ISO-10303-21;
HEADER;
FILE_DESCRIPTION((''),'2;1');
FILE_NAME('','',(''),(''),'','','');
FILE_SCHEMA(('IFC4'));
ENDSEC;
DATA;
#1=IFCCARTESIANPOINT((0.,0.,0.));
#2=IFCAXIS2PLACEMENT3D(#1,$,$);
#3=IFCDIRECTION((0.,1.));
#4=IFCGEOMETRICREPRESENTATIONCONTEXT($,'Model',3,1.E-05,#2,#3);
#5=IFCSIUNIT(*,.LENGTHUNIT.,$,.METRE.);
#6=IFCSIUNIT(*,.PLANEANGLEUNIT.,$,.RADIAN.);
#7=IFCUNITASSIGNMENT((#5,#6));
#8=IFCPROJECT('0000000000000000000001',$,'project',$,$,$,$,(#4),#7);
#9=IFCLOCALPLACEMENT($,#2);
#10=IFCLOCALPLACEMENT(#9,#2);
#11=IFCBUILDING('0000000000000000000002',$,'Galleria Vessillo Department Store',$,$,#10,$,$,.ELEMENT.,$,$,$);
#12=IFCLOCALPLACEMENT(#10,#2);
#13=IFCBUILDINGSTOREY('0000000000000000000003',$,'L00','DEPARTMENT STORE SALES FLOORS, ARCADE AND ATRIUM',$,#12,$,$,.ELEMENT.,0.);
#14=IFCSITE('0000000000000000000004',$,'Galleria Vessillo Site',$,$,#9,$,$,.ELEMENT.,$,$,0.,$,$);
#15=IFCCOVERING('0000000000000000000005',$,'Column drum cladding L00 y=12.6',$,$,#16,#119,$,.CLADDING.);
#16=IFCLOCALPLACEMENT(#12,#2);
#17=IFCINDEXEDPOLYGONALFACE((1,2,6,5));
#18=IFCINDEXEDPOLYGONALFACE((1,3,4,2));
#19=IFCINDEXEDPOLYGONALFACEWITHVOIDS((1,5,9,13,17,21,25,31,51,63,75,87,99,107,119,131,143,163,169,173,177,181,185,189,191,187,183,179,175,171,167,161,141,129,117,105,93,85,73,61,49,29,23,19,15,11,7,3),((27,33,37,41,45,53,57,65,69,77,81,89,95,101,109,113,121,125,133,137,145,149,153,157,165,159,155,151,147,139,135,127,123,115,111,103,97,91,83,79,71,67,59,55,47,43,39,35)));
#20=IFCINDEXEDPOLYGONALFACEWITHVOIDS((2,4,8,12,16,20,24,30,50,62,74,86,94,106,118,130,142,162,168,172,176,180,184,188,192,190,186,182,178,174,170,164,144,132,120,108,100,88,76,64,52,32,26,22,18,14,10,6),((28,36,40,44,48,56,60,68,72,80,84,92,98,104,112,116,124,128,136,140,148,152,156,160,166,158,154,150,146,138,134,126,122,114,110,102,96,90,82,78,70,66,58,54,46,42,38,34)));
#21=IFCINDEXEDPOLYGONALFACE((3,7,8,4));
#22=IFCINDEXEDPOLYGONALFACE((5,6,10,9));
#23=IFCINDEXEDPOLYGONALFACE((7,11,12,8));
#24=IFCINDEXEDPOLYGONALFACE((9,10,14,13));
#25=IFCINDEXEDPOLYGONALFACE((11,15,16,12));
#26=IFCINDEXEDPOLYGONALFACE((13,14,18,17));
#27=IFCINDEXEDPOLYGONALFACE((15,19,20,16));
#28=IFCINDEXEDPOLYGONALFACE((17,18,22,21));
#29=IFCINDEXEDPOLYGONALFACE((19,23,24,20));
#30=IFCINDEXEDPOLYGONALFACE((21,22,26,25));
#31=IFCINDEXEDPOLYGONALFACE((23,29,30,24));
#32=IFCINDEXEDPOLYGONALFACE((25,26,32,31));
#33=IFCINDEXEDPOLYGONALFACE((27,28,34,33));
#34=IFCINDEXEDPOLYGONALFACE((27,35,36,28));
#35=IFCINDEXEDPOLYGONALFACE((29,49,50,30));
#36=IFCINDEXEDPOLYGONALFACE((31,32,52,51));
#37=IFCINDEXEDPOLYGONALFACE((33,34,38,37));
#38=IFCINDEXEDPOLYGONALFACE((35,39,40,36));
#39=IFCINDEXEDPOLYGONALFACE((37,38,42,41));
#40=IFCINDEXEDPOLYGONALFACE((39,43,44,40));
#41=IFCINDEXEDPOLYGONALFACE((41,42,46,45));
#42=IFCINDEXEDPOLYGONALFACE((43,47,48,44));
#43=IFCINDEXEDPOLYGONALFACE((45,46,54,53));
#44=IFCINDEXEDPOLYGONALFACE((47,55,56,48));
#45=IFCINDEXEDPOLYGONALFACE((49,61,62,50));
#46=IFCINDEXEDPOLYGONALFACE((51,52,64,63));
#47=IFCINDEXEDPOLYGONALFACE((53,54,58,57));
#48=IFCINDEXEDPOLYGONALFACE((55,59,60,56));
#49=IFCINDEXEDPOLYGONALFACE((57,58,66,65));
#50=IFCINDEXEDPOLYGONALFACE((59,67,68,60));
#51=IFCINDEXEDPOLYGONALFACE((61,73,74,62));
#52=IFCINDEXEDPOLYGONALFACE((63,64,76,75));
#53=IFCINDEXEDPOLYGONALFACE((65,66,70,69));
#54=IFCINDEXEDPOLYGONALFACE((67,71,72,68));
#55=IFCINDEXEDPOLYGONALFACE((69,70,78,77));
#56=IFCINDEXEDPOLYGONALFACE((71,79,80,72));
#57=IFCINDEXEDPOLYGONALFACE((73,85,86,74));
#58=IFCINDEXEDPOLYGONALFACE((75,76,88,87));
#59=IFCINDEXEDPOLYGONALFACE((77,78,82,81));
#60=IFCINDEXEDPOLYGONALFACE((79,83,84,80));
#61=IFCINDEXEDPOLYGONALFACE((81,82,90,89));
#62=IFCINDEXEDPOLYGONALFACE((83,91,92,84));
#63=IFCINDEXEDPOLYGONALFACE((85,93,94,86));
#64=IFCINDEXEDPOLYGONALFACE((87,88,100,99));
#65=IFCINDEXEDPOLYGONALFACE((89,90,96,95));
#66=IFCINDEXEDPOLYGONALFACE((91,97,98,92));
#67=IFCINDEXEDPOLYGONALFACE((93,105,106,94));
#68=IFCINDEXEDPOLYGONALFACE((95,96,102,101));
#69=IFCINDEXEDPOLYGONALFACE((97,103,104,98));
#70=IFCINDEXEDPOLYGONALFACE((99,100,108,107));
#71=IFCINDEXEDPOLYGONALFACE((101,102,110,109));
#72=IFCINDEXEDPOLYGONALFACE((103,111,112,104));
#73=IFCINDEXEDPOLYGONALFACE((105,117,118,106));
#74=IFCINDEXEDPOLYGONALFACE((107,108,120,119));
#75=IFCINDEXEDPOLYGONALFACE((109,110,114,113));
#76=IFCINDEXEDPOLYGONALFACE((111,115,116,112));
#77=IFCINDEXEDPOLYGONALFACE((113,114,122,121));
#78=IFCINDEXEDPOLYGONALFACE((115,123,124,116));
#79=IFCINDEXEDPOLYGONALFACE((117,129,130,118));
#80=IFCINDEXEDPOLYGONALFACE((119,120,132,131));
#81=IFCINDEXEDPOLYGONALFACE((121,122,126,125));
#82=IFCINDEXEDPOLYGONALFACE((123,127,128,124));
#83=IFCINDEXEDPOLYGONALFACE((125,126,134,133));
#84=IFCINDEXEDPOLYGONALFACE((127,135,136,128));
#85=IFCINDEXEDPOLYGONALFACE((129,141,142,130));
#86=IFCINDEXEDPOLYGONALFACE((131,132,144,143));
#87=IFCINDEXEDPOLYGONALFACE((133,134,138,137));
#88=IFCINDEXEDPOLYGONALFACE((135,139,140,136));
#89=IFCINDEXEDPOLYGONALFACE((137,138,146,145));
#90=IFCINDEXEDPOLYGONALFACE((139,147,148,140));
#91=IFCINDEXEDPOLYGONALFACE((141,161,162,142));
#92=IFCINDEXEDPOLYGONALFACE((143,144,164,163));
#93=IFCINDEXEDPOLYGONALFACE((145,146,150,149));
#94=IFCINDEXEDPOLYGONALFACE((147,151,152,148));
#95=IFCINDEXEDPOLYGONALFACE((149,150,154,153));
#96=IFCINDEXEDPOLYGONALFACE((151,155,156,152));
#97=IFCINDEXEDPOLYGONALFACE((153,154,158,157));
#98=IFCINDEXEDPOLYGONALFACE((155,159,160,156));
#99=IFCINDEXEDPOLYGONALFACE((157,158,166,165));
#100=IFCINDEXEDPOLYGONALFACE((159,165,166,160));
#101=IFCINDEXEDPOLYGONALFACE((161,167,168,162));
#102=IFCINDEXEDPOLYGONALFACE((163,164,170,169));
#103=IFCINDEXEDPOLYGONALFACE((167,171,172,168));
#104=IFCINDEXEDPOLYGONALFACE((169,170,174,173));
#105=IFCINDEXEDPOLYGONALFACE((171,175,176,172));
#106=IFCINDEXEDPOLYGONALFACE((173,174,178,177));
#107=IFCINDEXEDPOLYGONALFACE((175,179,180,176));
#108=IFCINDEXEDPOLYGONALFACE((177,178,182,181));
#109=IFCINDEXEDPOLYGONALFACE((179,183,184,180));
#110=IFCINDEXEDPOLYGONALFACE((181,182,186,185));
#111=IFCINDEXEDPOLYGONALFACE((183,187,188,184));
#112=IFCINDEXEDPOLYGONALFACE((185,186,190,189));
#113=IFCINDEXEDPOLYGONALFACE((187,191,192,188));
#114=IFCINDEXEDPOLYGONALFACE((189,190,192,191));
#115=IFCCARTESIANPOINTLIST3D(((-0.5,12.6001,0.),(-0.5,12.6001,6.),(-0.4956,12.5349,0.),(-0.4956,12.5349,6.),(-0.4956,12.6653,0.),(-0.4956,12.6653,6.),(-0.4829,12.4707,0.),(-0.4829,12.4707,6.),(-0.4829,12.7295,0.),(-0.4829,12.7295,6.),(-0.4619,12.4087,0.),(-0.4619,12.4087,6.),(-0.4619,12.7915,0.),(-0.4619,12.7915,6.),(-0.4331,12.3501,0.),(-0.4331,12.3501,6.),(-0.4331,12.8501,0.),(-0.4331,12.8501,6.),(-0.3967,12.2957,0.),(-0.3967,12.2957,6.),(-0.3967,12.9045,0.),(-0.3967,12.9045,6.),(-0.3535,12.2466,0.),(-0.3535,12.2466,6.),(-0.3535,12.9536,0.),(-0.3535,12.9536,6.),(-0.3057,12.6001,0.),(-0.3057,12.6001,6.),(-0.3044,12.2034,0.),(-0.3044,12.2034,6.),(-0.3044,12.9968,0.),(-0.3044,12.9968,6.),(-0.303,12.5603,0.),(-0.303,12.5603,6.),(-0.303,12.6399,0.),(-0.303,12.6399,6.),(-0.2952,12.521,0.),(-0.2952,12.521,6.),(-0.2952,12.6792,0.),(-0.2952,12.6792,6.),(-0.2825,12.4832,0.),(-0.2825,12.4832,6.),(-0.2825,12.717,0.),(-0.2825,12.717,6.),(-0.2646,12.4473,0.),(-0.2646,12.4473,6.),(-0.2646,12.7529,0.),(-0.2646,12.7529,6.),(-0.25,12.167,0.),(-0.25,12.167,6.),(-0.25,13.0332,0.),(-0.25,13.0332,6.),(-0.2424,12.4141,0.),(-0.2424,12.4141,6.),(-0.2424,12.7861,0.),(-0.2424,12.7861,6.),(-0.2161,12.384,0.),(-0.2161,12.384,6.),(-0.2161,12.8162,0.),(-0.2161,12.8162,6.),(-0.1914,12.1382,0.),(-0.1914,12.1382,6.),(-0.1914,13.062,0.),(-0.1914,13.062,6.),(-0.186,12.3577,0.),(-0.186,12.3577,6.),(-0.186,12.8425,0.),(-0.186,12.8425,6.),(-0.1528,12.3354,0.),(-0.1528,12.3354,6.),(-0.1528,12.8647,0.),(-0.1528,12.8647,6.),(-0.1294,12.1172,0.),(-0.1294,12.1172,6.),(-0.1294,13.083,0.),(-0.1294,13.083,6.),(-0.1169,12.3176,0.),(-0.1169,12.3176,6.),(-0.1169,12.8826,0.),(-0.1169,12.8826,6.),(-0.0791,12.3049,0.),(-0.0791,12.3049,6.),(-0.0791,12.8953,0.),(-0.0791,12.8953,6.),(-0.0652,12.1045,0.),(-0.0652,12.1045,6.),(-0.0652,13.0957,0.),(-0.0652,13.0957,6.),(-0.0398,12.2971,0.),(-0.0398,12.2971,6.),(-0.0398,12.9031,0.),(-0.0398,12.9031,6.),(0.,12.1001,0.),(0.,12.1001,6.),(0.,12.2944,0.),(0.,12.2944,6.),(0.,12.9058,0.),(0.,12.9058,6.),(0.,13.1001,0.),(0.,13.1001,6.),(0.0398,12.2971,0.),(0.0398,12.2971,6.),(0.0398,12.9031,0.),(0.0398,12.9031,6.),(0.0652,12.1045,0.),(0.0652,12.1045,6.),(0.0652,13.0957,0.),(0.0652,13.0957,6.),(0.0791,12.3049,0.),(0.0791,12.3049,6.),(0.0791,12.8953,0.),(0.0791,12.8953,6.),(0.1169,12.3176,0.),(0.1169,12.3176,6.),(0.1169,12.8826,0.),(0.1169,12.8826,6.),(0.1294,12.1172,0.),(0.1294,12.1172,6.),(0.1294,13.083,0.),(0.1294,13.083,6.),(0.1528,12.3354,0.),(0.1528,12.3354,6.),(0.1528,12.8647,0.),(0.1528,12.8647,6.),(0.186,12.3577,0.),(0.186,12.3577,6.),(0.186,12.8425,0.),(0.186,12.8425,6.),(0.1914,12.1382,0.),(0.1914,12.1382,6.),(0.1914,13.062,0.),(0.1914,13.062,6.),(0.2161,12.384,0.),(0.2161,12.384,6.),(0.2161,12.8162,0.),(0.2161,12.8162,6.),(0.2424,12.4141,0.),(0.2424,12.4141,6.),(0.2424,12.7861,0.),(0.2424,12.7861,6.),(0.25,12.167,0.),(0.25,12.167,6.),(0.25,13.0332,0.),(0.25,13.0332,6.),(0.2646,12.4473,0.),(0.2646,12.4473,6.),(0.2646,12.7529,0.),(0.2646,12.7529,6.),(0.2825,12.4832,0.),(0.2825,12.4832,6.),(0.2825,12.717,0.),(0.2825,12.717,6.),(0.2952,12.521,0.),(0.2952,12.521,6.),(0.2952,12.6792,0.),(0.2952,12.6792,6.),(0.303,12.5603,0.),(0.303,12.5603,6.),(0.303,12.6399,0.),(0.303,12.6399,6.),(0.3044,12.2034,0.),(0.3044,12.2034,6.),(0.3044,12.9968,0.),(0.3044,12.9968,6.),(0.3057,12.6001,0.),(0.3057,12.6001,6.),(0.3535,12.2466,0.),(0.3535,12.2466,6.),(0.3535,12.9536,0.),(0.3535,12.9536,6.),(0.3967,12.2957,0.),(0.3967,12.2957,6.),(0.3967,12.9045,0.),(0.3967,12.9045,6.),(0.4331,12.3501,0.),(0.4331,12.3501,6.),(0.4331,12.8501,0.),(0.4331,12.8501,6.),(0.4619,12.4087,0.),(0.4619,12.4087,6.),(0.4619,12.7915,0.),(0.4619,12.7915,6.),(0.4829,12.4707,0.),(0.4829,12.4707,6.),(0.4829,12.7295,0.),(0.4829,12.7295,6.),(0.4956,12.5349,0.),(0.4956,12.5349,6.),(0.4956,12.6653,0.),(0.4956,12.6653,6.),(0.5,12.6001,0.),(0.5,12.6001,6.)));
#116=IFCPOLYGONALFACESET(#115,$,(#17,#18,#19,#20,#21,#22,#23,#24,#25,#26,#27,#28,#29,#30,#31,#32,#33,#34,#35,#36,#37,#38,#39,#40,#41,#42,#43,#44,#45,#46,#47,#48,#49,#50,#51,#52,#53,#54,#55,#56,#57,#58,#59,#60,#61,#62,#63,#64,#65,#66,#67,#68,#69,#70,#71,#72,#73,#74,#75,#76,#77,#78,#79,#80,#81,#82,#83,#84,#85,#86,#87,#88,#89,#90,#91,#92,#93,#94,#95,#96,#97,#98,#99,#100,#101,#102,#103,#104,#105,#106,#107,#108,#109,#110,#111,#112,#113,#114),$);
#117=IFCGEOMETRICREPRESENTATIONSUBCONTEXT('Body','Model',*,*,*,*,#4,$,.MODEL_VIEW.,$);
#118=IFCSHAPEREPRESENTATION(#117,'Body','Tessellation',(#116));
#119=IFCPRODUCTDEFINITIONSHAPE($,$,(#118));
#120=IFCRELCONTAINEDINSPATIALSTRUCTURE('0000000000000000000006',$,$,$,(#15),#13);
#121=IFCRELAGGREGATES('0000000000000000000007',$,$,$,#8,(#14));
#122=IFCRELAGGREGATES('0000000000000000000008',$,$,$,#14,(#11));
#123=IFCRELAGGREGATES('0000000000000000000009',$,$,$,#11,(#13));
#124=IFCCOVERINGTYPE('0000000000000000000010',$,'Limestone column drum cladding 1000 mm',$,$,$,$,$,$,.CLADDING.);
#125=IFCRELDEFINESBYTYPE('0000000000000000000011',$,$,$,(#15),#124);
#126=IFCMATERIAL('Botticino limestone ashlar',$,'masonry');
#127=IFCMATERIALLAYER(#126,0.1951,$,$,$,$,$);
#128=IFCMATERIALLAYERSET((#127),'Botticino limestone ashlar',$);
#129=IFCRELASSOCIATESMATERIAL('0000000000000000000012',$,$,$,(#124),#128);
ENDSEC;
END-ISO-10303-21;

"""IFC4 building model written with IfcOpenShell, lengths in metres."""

from ifc_helpers import new_model, si_unit, direction, origin, place, context, subcontext, project, spatial, polyline, outline, extrude, material, layer, layer_set, type_object, element, save


model = new_model("IFC4")

# Units and contexts
model_context = context("Model", 3, precision=1e-05, world=origin(), true_north=direction((0.0, 1.0)))
body_context = subcontext(model_context, "Body", "Model", "MODEL_VIEW")
ifc_project = project(units=[si_unit("LENGTHUNIT", "METRE"), si_unit("PLANEANGLEUNIT", "RADIAN")], contexts=[model_context])

# Site, building, storey
site_placement = place(None, origin())
site = spatial("IfcSite", under=ifc_project, at=site_placement, Name="Galleria Vessillo Site", CompositionType="ELEMENT", RefElevation=0.0)
building_placement = place(site_placement, origin())
building = spatial("IfcBuilding", under=site, at=building_placement, Name="Galleria Vessillo Department Store", CompositionType="ELEMENT")
storey_placement = place(building_placement, origin())
storey = spatial("IfcBuildingStorey", under=building, at=storey_placement, Name="L00", Description="DEPARTMENT STORE SALES FLOORS, ARCADE AND ATRIUM", CompositionType="ELEMENT", Elevation=0.0)

# Covering
ifc_material_1 = material(Name="Botticino limestone ashlar", Category="masonry")
ifc_layer_1 = layer(ifc_material_1, 0.1951)
ifc_layer_set_1 = layer_set([ifc_layer_1], Name="Botticino limestone ashlar")
covering_type = type_object("IfcCoveringType", Name="Limestone column drum cladding 1000 mm", PredefinedType="CLADDING", material=ifc_layer_set_1)
covering_1_placement = place(storey_placement, origin())
element("IfcCovering", 1, at=covering_1_placement, inside=storey, type_object=covering_type, Name="Column drum cladding L00 y=12.6", PredefinedType="CLADDING", context=body_context, shape_type="SweptSolid", body=[
    extrude(outline(polyline([(0.5, 12.6001), (0.4956, 12.6653), (0.4829, 12.7295), (0.4619, 12.7915), (0.4331, 12.8501), (0.3967, 12.9045), (0.3535, 12.9536), (0.3044, 12.9968), (0.25, 13.0332), (0.1914, 13.062), (0.1294, 13.083), (0.0652, 13.0957), (0.0, 13.1001), (-0.0652, 13.0957), (-0.1294, 13.083), (-0.1914, 13.062), (-0.25, 13.0332), (-0.3044, 12.9968), (-0.3535, 12.9536), (-0.3967, 12.9045), (-0.4331, 12.8501), (-0.4619, 12.7915), (-0.4829, 12.7295), (-0.4956, 12.6653), (-0.5, 12.6001), (-0.4956, 12.5349), (-0.4829, 12.4707), (-0.4619, 12.4087), (-0.4331, 12.3501), (-0.3967, 12.2957), (-0.3535, 12.2466), (-0.3044, 12.2034), (-0.25, 12.167), (-0.1914, 12.1382), (-0.1294, 12.1172), (-0.0652, 12.1045), (0.0, 12.1001), (0.0652, 12.1045), (0.1294, 12.1172), (0.1914, 12.1382), (0.25, 12.167), (0.3044, 12.2034), (0.3535, 12.2466), (0.3967, 12.2957), (0.4331, 12.3501), (0.4619, 12.4087), (0.4829, 12.4707), (0.4956, 12.5349), (0.5, 12.6001)]), holes=[polyline([(0.3057, 12.6001), (0.303, 12.6399), (0.2952, 12.6792), (0.2825, 12.717), (0.2646, 12.7529), (0.2424, 12.7861), (0.2161, 12.8162), (0.186, 12.8425), (0.1528, 12.8647), (0.1169, 12.8826), (0.0791, 12.8953), (0.0398, 12.9031), (0.0, 12.9058), (-0.0398, 12.9031), (-0.0791, 12.8953), (-0.1169, 12.8826), (-0.1528, 12.8647), (-0.186, 12.8425), (-0.2161, 12.8162), (-0.2424, 12.7861), (-0.2646, 12.7529), (-0.2825, 12.717), (-0.2952, 12.6792), (-0.303, 12.6399), (-0.3057, 12.6001), (-0.303, 12.5603), (-0.2952, 12.521), (-0.2825, 12.4832), (-0.2646, 12.4473), (-0.2424, 12.4141), (-0.2161, 12.384), (-0.186, 12.3577), (-0.1528, 12.3354), (-0.1169, 12.3176), (-0.0791, 12.3049), (-0.0398, 12.2971), (0.0, 12.2944), (0.0398, 12.2971), (0.0791, 12.3049), (0.1169, 12.3176), (0.1528, 12.3354), (0.186, 12.3577), (0.2161, 12.384), (0.2424, 12.4141), (0.2646, 12.4473), (0.2825, 12.4832), (0.2952, 12.521), (0.303, 12.5603), (0.3057, 12.6001)])]), origin(), (0.0, 0.0, 1.0), 6.0),
])

save(model, "model.ifc")
